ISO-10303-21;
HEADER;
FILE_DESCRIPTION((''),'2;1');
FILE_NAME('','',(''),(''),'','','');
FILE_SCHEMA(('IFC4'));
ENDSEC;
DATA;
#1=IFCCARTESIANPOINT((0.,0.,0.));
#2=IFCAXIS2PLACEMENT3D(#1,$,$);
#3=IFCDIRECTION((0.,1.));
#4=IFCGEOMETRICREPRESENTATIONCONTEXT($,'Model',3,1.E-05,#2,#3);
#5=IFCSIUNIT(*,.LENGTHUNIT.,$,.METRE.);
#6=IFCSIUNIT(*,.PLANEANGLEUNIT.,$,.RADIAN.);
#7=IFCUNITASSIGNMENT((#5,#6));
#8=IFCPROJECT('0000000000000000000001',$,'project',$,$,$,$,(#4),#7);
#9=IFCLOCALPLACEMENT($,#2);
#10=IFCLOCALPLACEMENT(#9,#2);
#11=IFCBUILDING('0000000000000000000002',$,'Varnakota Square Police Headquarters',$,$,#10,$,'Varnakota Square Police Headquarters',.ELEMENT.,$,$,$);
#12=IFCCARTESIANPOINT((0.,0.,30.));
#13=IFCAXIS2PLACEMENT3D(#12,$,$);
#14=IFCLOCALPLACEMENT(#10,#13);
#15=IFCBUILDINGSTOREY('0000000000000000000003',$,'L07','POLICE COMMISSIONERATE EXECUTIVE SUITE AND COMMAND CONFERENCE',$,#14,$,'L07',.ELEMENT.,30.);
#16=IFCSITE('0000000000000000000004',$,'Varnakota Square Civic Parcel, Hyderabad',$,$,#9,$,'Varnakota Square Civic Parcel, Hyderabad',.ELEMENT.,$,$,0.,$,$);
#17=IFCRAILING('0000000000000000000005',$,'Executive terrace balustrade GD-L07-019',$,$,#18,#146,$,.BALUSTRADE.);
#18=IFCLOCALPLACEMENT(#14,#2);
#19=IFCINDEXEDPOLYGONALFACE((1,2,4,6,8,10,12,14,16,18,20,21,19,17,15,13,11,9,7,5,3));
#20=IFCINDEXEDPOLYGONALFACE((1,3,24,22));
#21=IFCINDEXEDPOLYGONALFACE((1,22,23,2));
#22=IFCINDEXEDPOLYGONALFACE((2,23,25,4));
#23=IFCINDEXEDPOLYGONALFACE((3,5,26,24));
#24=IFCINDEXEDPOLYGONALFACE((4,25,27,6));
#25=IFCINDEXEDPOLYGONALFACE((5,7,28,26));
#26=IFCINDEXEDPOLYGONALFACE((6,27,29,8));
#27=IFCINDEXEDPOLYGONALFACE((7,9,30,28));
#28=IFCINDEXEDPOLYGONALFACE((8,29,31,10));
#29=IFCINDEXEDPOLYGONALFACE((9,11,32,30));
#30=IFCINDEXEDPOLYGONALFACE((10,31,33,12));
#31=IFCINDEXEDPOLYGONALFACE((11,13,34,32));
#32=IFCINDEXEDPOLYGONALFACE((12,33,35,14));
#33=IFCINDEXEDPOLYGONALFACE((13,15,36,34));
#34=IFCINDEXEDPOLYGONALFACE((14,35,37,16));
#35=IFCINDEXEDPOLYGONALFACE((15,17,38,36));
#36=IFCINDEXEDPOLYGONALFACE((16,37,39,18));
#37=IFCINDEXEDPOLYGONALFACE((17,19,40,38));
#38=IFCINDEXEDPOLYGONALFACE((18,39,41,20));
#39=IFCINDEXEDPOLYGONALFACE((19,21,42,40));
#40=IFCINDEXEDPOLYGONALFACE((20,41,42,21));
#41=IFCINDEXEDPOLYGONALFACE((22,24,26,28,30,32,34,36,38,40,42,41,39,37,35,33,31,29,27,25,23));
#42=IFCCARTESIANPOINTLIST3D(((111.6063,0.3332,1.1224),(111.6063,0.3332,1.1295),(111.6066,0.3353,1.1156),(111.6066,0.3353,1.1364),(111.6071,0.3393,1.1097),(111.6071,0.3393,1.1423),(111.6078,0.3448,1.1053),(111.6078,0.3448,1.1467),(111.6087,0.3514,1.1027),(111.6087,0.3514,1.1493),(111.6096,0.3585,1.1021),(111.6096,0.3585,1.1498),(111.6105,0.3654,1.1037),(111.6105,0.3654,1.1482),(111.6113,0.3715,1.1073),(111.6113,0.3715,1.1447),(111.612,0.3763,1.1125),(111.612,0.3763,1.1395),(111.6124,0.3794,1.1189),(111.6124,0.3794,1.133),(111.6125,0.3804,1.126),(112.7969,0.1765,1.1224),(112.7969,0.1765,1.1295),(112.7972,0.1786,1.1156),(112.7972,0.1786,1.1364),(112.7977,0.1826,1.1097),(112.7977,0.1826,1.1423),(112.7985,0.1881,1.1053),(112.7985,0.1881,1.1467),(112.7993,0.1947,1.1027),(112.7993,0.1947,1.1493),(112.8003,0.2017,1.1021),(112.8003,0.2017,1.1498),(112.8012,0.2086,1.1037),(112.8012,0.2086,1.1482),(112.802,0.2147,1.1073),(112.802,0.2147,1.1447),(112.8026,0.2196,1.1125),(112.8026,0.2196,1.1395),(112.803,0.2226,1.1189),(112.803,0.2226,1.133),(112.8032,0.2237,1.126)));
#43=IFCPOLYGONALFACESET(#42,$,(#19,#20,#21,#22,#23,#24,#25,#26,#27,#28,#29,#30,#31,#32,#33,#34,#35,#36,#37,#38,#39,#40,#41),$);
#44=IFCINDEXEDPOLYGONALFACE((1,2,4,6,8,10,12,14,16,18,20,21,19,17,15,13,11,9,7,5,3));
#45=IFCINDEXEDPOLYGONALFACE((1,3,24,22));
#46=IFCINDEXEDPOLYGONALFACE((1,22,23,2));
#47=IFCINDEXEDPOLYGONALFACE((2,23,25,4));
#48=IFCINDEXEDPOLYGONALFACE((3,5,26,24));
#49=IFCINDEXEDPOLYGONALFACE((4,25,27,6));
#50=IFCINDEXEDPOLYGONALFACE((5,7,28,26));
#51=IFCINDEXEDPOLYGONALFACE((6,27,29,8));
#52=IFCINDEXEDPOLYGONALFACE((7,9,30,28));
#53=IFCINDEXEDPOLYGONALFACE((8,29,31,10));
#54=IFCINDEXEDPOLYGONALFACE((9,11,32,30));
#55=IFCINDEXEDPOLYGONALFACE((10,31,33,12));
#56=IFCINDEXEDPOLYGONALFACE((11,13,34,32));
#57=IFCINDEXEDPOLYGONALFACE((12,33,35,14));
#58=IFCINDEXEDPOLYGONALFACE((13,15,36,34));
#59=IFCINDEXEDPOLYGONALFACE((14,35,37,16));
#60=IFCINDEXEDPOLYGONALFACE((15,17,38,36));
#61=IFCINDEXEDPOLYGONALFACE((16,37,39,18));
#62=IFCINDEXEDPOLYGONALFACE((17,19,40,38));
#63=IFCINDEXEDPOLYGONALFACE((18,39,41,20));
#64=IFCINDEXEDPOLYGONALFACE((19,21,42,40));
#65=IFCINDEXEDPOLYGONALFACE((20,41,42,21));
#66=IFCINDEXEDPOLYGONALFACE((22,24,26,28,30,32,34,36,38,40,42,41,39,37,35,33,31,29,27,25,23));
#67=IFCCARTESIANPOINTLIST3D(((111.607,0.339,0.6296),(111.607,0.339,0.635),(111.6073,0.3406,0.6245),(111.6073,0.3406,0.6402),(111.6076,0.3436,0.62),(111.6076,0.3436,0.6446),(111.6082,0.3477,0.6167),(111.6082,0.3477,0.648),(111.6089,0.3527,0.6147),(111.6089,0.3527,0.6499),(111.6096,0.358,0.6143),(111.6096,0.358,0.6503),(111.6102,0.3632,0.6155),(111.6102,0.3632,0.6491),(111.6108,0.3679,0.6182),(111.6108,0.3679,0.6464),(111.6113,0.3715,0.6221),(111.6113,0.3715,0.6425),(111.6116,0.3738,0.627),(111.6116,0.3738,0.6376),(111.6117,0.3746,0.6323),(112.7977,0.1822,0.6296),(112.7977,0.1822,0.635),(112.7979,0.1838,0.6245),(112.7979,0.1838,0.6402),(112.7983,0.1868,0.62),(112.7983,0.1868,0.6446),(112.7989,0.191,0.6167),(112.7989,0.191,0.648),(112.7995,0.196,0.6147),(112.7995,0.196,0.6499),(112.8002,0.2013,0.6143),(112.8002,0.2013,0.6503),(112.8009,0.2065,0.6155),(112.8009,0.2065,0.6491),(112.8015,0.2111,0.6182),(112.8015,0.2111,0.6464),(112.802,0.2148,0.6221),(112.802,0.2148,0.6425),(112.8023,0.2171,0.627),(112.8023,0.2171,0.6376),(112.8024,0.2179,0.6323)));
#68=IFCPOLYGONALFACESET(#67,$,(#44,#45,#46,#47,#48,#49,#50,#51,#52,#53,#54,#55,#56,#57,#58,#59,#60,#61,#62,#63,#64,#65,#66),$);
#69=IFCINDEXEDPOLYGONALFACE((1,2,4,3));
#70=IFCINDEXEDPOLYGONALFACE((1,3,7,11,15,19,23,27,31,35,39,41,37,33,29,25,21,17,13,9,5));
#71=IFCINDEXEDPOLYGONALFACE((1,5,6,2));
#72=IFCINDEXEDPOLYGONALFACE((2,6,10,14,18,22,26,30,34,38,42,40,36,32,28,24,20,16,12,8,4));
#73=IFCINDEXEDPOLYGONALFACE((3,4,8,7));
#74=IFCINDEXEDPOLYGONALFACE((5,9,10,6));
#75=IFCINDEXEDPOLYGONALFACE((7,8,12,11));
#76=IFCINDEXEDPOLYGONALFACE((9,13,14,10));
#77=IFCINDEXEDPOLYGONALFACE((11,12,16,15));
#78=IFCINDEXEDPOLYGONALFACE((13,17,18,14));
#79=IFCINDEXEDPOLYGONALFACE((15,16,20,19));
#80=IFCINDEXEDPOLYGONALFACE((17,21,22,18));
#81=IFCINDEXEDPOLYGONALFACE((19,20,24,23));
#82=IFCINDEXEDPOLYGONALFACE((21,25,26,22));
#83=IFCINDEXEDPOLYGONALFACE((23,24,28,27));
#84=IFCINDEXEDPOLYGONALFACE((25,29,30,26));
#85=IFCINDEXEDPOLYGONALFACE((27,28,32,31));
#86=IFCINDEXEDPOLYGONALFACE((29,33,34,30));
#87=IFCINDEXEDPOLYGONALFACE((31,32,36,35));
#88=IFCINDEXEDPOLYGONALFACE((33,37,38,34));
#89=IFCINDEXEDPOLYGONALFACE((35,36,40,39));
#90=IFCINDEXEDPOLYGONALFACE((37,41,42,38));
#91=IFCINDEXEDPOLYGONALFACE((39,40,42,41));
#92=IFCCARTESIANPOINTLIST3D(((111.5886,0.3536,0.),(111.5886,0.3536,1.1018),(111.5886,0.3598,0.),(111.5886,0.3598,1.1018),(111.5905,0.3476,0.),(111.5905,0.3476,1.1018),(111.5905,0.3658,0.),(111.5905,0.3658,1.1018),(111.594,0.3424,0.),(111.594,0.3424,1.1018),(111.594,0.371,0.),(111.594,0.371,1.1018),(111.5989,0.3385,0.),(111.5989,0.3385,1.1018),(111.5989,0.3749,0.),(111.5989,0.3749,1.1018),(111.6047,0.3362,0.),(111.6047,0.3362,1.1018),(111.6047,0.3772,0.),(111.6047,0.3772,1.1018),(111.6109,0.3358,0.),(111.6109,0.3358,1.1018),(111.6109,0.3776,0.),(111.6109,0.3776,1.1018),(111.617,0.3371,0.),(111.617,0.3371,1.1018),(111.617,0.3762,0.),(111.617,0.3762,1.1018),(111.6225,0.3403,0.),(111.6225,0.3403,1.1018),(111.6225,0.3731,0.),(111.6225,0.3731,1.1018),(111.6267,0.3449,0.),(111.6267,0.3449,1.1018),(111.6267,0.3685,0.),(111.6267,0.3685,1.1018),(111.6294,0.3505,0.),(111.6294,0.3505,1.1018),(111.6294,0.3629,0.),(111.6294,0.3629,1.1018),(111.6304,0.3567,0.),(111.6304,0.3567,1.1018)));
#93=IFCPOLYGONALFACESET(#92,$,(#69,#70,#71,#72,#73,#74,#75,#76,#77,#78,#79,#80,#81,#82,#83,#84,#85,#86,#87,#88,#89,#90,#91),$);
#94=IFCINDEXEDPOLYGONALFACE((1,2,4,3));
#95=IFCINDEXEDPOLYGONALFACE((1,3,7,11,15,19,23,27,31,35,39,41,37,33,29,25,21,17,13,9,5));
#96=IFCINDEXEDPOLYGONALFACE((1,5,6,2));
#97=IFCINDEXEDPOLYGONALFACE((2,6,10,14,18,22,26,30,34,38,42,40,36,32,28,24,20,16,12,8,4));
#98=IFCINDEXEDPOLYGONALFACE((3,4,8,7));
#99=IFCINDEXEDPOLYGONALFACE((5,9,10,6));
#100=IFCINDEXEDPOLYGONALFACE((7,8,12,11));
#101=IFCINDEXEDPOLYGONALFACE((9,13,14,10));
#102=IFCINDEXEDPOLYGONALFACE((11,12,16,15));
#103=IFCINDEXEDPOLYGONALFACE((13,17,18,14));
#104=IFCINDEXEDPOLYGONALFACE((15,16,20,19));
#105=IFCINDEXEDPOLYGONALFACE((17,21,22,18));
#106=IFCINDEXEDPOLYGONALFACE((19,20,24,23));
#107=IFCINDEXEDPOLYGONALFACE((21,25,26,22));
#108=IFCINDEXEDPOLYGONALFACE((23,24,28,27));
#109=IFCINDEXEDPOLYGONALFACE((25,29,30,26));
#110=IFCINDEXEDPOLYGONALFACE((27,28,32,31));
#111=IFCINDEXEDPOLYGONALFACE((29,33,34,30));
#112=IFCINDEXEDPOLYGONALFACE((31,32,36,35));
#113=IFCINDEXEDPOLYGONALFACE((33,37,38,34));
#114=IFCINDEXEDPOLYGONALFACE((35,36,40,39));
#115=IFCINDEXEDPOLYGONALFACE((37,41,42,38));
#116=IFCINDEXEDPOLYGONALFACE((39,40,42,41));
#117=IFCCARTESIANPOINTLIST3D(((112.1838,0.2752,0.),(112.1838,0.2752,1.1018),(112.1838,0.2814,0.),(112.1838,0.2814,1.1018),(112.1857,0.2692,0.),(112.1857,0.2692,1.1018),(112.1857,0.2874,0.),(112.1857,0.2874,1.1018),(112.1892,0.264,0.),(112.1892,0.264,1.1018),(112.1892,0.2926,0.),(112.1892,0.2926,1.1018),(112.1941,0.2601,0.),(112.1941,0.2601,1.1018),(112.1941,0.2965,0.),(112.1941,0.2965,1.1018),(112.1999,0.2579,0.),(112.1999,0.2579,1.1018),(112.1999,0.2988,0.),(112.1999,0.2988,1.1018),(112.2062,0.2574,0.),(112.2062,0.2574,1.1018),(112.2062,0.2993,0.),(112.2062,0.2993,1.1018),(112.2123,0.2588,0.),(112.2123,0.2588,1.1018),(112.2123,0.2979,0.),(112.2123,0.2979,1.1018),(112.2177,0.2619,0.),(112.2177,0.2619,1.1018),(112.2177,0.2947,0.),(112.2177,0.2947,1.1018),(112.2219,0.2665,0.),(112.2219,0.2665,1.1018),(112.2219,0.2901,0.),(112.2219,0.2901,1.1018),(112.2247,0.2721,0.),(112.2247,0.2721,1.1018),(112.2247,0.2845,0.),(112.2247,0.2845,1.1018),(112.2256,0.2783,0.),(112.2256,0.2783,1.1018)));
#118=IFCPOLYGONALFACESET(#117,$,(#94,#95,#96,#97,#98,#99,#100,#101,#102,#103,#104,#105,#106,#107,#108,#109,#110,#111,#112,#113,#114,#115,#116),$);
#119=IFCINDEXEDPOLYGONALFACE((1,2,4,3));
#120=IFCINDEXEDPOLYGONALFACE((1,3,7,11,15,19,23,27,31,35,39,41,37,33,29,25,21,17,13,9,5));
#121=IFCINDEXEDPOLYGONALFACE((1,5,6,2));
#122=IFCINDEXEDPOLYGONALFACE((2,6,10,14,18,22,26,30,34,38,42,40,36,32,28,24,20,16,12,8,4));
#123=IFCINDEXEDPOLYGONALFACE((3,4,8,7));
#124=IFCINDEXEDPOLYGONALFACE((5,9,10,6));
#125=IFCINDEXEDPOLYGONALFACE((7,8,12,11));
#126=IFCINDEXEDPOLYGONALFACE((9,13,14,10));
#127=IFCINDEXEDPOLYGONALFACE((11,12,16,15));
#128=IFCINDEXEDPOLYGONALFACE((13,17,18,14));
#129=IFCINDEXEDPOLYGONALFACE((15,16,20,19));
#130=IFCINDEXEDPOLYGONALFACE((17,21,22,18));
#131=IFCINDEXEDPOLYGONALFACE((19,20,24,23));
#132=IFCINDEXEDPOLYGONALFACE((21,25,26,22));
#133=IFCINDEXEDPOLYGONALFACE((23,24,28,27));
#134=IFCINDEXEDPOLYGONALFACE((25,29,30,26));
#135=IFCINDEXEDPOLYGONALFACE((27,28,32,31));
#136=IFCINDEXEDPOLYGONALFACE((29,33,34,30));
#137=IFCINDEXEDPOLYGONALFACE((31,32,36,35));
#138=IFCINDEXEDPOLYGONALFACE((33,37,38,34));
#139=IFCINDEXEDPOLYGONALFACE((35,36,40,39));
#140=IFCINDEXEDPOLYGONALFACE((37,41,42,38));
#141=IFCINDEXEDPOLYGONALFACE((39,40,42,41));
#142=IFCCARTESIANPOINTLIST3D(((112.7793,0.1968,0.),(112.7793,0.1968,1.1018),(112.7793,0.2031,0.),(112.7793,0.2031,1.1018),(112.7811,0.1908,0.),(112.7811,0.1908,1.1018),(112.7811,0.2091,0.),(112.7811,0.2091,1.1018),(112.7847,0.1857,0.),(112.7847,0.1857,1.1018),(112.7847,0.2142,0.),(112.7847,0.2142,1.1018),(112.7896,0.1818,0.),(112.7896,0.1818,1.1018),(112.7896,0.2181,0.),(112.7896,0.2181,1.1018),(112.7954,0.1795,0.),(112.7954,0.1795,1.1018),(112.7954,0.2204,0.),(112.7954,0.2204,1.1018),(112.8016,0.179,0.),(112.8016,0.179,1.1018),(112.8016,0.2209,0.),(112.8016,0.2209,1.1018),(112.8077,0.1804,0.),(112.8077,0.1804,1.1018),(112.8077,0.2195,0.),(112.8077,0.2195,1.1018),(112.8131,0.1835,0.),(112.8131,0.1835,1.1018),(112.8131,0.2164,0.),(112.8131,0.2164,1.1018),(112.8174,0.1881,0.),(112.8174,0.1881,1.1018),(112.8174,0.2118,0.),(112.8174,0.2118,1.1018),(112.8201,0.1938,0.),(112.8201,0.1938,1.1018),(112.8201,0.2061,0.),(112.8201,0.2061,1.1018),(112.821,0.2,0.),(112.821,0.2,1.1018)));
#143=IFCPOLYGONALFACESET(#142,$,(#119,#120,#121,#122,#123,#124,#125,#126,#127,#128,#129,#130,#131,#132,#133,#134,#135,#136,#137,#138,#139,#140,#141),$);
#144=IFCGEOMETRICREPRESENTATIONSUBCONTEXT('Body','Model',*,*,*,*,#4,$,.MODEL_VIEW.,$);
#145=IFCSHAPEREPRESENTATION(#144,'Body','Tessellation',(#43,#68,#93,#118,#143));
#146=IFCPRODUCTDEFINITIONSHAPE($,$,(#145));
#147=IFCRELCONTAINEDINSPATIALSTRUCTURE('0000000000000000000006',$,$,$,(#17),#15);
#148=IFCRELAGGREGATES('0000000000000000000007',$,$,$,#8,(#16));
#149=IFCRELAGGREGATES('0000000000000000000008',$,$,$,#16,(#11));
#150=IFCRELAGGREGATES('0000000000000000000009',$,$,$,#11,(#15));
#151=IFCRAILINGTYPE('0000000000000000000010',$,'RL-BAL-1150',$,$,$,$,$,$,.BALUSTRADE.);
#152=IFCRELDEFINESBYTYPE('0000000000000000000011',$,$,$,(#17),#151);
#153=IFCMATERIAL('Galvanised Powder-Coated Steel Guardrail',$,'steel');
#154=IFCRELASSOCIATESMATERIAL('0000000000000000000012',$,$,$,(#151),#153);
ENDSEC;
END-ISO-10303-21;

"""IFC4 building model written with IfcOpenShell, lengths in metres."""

from ifc_helpers import new_model, si_unit, direction, frame, origin, origin_2d, place, context, subcontext, project, spatial, circle, extrude, material, type_object, element, save


model = new_model("IFC4")

# Units and contexts
model_context = context("Model", 3, precision=1e-05, world=origin(), true_north=direction((0.0, 1.0)))
body_context = subcontext(model_context, "Body", "Model", "MODEL_VIEW")
ifc_project = project(units=[si_unit("LENGTHUNIT", "METRE"), si_unit("PLANEANGLEUNIT", "RADIAN")], contexts=[model_context])

# Site, building, storey
site_placement = place(None, origin())
site = spatial("IfcSite", under=ifc_project, at=site_placement, Name="Varnakota Square Civic Parcel, Hyderabad", LongName="Varnakota Square Civic Parcel, Hyderabad", CompositionType="ELEMENT", RefElevation=0.0)
building_placement = place(site_placement, origin())
building = spatial("IfcBuilding", under=site, at=building_placement, Name="Varnakota Square Police Headquarters", LongName="Varnakota Square Police Headquarters", CompositionType="ELEMENT")
storey_placement = place(building_placement, frame((0.0, 0.0, 30.0)))
storey = spatial("IfcBuildingStorey", under=building, at=storey_placement, Name="L07", Description="POLICE COMMISSIONERATE EXECUTIVE SUITE AND COMMAND CONFERENCE", LongName="L07", CompositionType="ELEMENT", Elevation=30.0)

# Railing
ifc_material_1 = material(Name="Galvanised Powder-Coated Steel Guardrail", Category="steel")
railing_type = type_object("IfcRailingType", Name="RL-BAL-1150", PredefinedType="BALUSTRADE", material=ifc_material_1)
railing_1_placement = place(storey_placement, frame((111.6094, 0.3567, 0.0)))
element("IfcRailing", 1, at=railing_1_placement, inside=storey, type_object=railing_type, Name="Executive terrace balustrade GD-L07-019", PredefinedType="BALUSTRADE", context=body_context, shape_type="SweptSolid", body=[
    extrude(circle(Radius=0.0239, at=origin_2d()), frame((0.0, 0.0, 1.126), z_axis=(0.991447, -0.130512, 0.0), x_axis=(0.130512, 0.991447, 0.0)), (0.0, 0.0, 1.0), 1.2009),
    extrude(circle(Radius=0.0181, at=origin_2d()), frame((0.0, 0.0, 0.6323), z_axis=(0.991447, -0.130512, 0.0), x_axis=(0.130512, 0.991447, 0.0)), (0.0, 0.0, 1.0), 1.2009),
    extrude(circle(Radius=0.021, at=origin_2d()), origin(), (0.0, 0.0, 1.0), 1.1018),
    extrude(circle(Radius=0.021, at=origin_2d()), frame((0.5952, -0.0784, 0.0)), (0.0, 0.0, 1.0), 1.1018),
    extrude(circle(Radius=0.021, at=origin_2d()), frame((1.1907, -0.1567, 0.0)), (0.0, 0.0, 1.0), 1.1018),
])

save(model, "model.ifc")
